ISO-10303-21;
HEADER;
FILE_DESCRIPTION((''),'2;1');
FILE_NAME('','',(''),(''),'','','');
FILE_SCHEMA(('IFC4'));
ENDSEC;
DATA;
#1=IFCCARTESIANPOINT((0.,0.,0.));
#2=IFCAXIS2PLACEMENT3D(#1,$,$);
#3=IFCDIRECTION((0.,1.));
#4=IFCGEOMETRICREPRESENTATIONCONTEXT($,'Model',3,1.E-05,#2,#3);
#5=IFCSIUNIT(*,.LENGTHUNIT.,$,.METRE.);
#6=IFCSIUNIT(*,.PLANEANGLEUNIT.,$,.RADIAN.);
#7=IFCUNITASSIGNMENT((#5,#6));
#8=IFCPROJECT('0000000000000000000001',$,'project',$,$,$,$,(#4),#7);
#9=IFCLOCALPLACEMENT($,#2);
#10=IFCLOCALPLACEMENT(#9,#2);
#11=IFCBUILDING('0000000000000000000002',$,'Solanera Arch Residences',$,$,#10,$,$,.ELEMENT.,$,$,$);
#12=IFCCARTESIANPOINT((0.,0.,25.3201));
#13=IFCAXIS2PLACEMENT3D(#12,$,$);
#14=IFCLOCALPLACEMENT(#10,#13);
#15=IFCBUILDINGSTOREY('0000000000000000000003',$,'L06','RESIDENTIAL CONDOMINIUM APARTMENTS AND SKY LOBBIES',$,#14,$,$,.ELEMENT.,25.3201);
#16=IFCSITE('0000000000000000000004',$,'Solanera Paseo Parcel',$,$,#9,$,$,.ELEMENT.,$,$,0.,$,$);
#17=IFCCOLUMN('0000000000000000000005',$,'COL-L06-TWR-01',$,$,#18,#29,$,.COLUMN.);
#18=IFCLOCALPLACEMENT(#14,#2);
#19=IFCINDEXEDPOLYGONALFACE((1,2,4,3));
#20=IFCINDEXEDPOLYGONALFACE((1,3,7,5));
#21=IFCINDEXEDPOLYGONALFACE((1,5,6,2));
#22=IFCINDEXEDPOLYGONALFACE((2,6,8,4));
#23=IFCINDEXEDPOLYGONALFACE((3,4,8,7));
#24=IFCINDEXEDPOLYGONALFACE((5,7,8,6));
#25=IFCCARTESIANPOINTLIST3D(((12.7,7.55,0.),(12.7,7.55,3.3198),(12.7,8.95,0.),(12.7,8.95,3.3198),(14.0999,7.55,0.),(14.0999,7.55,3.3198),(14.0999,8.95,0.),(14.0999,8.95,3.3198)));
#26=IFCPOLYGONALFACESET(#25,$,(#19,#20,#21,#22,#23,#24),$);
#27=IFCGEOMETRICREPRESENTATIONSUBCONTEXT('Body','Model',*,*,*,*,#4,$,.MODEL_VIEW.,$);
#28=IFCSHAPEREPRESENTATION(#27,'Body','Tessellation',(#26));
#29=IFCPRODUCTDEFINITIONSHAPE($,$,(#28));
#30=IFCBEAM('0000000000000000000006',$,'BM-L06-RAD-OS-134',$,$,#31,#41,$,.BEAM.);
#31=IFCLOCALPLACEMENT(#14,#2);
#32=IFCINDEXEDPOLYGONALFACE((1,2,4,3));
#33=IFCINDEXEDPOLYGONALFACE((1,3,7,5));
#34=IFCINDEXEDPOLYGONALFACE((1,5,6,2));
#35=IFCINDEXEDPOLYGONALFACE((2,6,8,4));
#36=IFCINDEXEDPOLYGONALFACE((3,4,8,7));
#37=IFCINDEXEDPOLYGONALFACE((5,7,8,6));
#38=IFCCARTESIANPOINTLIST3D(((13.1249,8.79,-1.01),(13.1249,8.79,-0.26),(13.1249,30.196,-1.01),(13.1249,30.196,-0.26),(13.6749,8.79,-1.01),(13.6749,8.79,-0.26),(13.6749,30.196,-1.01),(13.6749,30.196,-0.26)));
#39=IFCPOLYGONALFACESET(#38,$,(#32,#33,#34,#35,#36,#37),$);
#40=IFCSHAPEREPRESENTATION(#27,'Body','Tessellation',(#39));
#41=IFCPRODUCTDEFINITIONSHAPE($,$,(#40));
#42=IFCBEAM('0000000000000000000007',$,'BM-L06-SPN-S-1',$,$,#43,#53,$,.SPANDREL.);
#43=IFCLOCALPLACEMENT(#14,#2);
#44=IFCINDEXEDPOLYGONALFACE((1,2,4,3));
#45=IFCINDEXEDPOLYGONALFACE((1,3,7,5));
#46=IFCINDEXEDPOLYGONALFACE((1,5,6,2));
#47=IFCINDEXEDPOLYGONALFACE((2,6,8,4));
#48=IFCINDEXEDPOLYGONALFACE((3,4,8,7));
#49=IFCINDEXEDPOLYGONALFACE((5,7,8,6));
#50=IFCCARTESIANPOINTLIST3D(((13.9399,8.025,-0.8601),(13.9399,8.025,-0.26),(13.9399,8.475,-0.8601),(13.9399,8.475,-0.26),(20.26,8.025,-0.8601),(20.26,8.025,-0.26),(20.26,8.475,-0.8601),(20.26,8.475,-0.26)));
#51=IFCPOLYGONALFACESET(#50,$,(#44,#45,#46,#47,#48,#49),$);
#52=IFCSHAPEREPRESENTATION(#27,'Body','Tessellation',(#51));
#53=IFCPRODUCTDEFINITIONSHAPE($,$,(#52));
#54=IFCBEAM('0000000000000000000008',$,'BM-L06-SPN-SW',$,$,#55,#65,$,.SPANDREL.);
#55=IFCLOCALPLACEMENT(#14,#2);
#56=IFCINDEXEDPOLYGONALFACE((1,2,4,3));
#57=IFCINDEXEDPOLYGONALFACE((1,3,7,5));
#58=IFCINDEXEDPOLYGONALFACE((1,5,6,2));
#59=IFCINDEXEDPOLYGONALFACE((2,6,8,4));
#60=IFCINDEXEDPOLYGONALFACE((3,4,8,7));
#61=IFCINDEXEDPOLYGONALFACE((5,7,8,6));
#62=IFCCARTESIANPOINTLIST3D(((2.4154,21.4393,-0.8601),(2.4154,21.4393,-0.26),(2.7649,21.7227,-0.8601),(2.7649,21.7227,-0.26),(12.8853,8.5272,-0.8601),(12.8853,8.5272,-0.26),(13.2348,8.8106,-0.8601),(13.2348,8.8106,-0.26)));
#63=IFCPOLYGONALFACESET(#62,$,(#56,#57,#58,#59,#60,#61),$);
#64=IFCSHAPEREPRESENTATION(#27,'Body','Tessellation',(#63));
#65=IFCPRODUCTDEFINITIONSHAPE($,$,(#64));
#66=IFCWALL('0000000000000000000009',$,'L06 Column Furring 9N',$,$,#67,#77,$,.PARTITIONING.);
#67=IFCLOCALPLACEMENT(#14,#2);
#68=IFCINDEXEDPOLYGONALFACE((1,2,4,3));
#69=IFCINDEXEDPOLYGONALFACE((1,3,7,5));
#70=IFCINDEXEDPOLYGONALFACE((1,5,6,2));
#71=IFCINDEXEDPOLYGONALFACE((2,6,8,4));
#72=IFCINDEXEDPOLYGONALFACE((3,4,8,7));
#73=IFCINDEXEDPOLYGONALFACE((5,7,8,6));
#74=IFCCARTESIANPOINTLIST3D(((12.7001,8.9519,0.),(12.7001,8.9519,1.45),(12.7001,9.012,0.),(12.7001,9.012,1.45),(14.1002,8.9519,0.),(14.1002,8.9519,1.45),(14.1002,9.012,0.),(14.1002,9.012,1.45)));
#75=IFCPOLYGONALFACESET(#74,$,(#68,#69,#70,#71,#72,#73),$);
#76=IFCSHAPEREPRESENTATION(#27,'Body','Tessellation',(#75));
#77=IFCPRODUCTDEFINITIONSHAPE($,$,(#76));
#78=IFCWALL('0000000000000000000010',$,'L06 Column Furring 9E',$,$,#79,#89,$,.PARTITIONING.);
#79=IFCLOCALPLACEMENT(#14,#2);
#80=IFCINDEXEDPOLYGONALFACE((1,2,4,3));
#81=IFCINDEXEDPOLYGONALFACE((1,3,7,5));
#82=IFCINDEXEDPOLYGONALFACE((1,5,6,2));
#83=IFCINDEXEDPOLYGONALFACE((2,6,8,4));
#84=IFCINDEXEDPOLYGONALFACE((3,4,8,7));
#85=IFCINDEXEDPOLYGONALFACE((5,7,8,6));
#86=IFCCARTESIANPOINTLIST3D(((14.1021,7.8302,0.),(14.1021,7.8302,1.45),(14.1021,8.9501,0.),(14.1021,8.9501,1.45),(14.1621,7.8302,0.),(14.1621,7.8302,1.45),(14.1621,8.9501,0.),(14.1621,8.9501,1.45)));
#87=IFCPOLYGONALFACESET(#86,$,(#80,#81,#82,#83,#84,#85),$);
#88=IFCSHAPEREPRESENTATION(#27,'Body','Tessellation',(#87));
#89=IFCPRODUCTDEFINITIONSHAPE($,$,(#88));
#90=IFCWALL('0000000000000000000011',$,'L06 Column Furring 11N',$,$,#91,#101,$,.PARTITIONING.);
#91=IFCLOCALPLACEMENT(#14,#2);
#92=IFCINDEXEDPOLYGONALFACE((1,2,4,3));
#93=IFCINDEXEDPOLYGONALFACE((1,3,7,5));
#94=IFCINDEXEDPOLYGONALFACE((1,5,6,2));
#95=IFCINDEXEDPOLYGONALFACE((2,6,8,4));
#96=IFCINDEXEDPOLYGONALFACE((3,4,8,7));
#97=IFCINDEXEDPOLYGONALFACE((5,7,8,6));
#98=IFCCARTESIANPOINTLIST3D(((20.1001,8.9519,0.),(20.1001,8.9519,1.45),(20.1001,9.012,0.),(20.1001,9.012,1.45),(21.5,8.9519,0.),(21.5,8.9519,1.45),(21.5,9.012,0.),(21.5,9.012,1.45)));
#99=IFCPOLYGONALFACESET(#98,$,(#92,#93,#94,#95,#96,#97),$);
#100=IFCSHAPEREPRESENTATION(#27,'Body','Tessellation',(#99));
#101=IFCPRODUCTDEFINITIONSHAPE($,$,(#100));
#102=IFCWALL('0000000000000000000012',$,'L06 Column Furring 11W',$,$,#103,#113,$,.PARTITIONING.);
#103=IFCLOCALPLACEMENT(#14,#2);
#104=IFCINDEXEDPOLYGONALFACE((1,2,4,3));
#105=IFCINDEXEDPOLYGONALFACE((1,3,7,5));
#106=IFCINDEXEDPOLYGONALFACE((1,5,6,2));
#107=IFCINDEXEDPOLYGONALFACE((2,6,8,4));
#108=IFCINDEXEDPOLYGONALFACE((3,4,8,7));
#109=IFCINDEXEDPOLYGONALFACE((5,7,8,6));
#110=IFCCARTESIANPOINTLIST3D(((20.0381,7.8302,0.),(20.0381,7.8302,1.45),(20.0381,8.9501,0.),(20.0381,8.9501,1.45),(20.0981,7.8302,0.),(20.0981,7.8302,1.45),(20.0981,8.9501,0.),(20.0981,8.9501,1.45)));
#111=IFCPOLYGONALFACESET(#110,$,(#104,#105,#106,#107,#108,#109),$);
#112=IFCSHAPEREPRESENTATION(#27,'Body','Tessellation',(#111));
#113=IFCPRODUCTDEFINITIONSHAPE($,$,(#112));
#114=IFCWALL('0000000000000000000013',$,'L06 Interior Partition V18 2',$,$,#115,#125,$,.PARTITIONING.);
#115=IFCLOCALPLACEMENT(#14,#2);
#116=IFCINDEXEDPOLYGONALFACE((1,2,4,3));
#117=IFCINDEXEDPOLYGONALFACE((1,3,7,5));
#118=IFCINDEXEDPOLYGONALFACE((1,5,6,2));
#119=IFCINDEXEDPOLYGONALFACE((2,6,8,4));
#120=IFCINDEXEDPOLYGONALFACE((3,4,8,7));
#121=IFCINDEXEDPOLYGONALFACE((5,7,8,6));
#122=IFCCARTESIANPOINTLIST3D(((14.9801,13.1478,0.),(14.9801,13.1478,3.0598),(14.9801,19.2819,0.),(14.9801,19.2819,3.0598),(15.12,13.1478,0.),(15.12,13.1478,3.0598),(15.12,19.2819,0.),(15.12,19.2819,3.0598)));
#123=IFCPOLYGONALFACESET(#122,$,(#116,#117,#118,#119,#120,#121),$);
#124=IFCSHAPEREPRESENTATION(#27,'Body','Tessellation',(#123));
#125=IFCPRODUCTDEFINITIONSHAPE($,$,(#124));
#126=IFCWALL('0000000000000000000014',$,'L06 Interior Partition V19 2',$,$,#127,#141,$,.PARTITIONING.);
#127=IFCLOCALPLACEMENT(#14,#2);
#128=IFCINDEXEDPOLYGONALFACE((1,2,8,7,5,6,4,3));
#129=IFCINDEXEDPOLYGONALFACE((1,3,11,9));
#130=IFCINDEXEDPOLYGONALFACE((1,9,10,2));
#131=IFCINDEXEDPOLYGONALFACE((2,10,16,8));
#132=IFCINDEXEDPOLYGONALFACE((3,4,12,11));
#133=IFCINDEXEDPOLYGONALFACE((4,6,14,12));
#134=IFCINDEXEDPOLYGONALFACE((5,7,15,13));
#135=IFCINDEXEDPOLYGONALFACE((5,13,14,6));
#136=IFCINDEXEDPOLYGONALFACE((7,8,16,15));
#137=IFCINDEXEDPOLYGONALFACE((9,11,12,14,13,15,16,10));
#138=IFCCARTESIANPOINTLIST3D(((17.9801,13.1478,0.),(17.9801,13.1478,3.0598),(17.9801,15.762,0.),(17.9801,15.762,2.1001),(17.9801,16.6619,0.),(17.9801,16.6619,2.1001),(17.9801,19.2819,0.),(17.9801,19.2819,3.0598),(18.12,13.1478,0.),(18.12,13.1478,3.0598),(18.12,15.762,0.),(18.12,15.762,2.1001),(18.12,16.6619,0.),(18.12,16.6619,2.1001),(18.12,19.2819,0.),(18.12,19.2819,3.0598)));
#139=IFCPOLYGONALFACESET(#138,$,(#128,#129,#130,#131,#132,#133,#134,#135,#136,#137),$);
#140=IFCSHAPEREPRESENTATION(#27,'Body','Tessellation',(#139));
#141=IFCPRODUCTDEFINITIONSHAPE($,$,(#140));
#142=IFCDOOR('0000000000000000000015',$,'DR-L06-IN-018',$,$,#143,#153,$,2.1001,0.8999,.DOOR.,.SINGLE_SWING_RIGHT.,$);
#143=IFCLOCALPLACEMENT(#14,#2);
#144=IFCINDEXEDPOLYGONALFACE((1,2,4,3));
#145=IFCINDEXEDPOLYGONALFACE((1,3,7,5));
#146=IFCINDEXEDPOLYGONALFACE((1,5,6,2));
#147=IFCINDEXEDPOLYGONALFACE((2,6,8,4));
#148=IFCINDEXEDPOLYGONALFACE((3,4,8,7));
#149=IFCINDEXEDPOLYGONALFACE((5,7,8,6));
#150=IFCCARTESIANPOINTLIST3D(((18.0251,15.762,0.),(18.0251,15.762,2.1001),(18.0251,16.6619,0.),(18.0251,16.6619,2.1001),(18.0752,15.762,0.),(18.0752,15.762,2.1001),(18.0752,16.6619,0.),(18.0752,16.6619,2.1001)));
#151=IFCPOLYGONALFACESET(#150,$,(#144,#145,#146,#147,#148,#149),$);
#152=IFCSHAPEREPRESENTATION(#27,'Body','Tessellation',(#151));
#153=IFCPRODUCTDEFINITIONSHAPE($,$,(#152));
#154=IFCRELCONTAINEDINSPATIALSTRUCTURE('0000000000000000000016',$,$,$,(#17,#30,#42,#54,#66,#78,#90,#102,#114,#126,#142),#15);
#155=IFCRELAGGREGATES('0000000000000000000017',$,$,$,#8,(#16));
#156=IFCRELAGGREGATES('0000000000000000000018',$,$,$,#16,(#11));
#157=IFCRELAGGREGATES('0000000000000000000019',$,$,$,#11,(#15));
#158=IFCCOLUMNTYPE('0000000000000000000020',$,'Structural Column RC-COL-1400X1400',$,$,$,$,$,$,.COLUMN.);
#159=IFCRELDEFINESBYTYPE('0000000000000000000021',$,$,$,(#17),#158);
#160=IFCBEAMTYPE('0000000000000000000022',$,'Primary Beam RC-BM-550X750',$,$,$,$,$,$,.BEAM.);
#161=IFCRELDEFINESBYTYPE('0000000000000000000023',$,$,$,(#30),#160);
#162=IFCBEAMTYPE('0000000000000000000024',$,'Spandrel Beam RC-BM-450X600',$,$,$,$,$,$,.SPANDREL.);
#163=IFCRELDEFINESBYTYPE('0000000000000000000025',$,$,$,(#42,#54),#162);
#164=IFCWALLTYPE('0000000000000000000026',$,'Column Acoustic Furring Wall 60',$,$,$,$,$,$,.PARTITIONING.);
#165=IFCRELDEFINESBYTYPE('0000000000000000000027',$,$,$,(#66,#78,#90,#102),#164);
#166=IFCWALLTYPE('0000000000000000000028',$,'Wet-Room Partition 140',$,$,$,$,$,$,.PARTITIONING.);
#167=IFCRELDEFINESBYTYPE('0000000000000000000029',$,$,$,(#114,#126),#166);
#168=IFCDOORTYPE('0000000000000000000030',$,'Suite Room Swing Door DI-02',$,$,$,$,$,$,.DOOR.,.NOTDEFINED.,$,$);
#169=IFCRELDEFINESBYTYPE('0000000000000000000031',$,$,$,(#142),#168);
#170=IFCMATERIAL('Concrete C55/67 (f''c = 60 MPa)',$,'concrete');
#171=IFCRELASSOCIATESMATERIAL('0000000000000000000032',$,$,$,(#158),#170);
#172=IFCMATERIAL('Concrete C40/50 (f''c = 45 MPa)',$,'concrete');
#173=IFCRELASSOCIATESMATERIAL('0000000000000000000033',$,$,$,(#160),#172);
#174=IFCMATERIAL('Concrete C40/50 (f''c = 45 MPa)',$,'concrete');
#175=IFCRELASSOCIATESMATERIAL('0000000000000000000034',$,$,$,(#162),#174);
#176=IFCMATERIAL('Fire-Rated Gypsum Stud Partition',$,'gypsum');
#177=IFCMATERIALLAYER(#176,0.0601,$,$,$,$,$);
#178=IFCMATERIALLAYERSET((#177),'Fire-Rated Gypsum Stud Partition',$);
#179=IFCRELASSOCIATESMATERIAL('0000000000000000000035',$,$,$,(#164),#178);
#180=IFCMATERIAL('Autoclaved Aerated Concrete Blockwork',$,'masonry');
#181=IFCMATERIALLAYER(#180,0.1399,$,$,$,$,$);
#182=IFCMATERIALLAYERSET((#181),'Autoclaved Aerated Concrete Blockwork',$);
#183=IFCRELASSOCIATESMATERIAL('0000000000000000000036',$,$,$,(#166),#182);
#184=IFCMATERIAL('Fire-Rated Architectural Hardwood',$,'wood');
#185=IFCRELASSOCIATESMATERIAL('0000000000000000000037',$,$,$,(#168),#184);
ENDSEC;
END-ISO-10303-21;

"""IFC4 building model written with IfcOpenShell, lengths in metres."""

from ifc_helpers import new_model, si_unit, direction, frame, frame_2d, origin, origin_2d, place, context, subcontext, project, spatial, rectangle, extrude, material, layer, layer_set, material_profile, profile_set, type_object, element, fill, save


model = new_model("IFC4")

# Units and contexts
model_context = context("Model", 3, precision=1e-05, world=origin(), true_north=direction((0.0, 1.0)))
body_context = subcontext(model_context, "Body", "Model", "MODEL_VIEW")
ifc_project = project(units=[si_unit("LENGTHUNIT", "METRE"), si_unit("PLANEANGLEUNIT", "RADIAN")], contexts=[model_context])

# Site, building, storey
site_placement = place(None, origin())
site = spatial("IfcSite", under=ifc_project, at=site_placement, Name="Solanera Paseo Parcel", CompositionType="ELEMENT", RefElevation=0.0)
building_placement = place(site_placement, origin())
building = spatial("IfcBuilding", under=site, at=building_placement, Name="Solanera Arch Residences", CompositionType="ELEMENT")
storey_placement = place(building_placement, frame((0.0, 0.0, 25.3201)))
storey = spatial("IfcBuildingStorey", under=building, at=storey_placement, Name="L06", Description="RESIDENTIAL CONDOMINIUM APARTMENTS AND SKY LOBBIES", CompositionType="ELEMENT", Elevation=25.3201)

# Column
ifc_material_1 = material(Name="Concrete C55/67 (f'c = 60 MPa)", Category="concrete")
ifc_material_profile_1 = material_profile(ifc_material_1, rectangle(XDim=1.3999, YDim=1.3999, at=origin_2d()))
ifc_profile_set_1 = profile_set([ifc_material_profile_1], Name="Concrete C55/67 (f'c = 60 MPa)")
column_type = type_object("IfcColumnType", Name="Structural Column RC-COL-1400X1400", PredefinedType="COLUMN", material=ifc_profile_set_1)
column_placement = place(storey_placement, frame((13.3999, 8.25, 0.0), z_axis=(0.0, 0.0, 1.0), x_axis=(1.0, 0.0, 0.0)))
element("IfcColumn", 1, at=column_placement, inside=storey, type_object=column_type, Name="COL-L06-TWR-01", PredefinedType="COLUMN", context=body_context, shape_type="SweptSolid", body=[
    extrude(rectangle(XDim=1.3999, YDim=1.3999, at=origin_2d()), origin(), (0.0, 0.0, 1.0), 3.3198),
])

# Beams
ifc_material_2 = material(Name="Concrete C40/50 (f'c = 45 MPa)", Category="concrete")
ifc_material_profile_2 = material_profile(ifc_material_2, rectangle(XDim=0.55, YDim=0.75, at=origin_2d()))
ifc_profile_set_2 = profile_set([ifc_material_profile_2], Name="Concrete C40/50 (f'c = 45 MPa)")
beam_type_1 = type_object("IfcBeamType", Name="Primary Beam RC-BM-550X750", PredefinedType="BEAM", material=ifc_profile_set_2)
beam_1_placement = place(storey_placement, frame((13.3999, 8.79, -0.635), z_axis=(0.0, 1.0, 0.0), x_axis=(-1.0, 0.0, 0.0)))
element("IfcBeam", 2, at=beam_1_placement, inside=storey, type_object=beam_type_1, Name="BM-L06-RAD-OS-134", PredefinedType="BEAM", context=body_context, shape_type="SweptSolid", body=[
    extrude(rectangle(XDim=0.55, YDim=0.75, at=origin_2d()), origin(), (0.0, 0.0, 1.0), 21.406),
])
ifc_material_3 = material(Name="Concrete C40/50 (f'c = 45 MPa)", Category="concrete")
ifc_material_profile_3 = material_profile(ifc_material_3, rectangle(XDim=0.45, YDim=0.6001, at=origin_2d()))
ifc_profile_set_3 = profile_set([ifc_material_profile_3], Name="Concrete C40/50 (f'c = 45 MPa)")
beam_type_2 = type_object("IfcBeamType", Name="Spandrel Beam RC-BM-450X600", PredefinedType="SPANDREL", material=ifc_profile_set_3)
beam_2_placement = place(storey_placement, frame((13.9399, 8.25, -0.5601), z_axis=(1.0, 0.0, 0.0), x_axis=(0.0, 1.0, 0.0)))
element("IfcBeam", 3, at=beam_2_placement, inside=storey, type_object=beam_type_2, Name="BM-L06-SPN-S-1", PredefinedType="SPANDREL", context=body_context, shape_type="SweptSolid", body=[
    extrude(rectangle(XDim=0.45, YDim=0.6001, at=origin_2d()), origin(), (0.0, 0.0, 1.0), 6.3201),
])
beam_3_placement = place(storey_placement, frame((13.0601, 8.6689, -0.5601), z_axis=(-0.629827, 0.776735, 0.0), x_axis=(-0.776735, -0.629827, 0.0)))
element("IfcBeam", 4, at=beam_3_placement, inside=storey, type_object=beam_type_2, Name="BM-L06-SPN-SW", PredefinedType="SPANDREL", context=body_context, shape_type="SweptSolid", body=[
    extrude(rectangle(XDim=0.45, YDim=0.6001, at=origin_2d()), origin(), (0.0, 0.0, 1.0), 16.6235),
])

# Walls
ifc_material_4 = material(Name="Fire-Rated Gypsum Stud Partition", Category="gypsum")
ifc_layer_1 = layer(ifc_material_4, 0.0601)
ifc_layer_set_1 = layer_set([ifc_layer_1], Name="Fire-Rated Gypsum Stud Partition")
wall_type_1 = type_object("IfcWallType", Name="Column Acoustic Furring Wall 60", PredefinedType="PARTITIONING", material=ifc_layer_set_1)
wall_1_placement = place(storey_placement, frame((12.7, 8.9819, 0.0), z_axis=(0.0, 0.0, 1.0), x_axis=(1.0, 0.0, 0.0)))
element("IfcWall", 5, at=wall_1_placement, inside=storey, type_object=wall_type_1, Name="L06 Column Furring 9N", PredefinedType="PARTITIONING", context=body_context, shape_type="SweptSolid", body=[
    extrude(rectangle(XDim=1.4001, YDim=0.0601, at=frame_2d((0.7002, 0.0))), origin(), (0.0, 0.0, 1.0), 1.45),
])
wall_2_placement = place(storey_placement, frame((14.1321, 7.8301, 0.0), z_axis=(0.0, 0.0, 1.0), x_axis=(0.0, 1.0, 0.0)))
element("IfcWall", 6, at=wall_2_placement, inside=storey, type_object=wall_type_1, Name="L06 Column Furring 9E", PredefinedType="PARTITIONING", context=body_context, shape_type="SweptSolid", body=[
    extrude(rectangle(XDim=1.1199, YDim=0.0601, at=frame_2d((0.5601, 0.0))), origin(), (0.0, 0.0, 1.0), 1.45),
])
wall_3_placement = place(storey_placement, frame((20.1001, 8.9819, 0.0), z_axis=(0.0, 0.0, 1.0), x_axis=(1.0, 0.0, 0.0)))
element("IfcWall", 7, at=wall_3_placement, inside=storey, type_object=wall_type_1, Name="L06 Column Furring 11N", PredefinedType="PARTITIONING", context=body_context, shape_type="SweptSolid", body=[
    extrude(rectangle(XDim=1.3999, YDim=0.0601, at=frame_2d((0.7, 0.0))), origin(), (0.0, 0.0, 1.0), 1.45),
])
wall_4_placement = place(storey_placement, frame((20.0681, 7.8301, 0.0), z_axis=(0.0, 0.0, 1.0), x_axis=(0.0, 1.0, 0.0)))
element("IfcWall", 8, at=wall_4_placement, inside=storey, type_object=wall_type_1, Name="L06 Column Furring 11W", PredefinedType="PARTITIONING", context=body_context, shape_type="SweptSolid", body=[
    extrude(rectangle(XDim=1.1199, YDim=0.0601, at=frame_2d((0.5601, 0.0))), origin(), (0.0, 0.0, 1.0), 1.45),
])
ifc_material_5 = material(Name="Autoclaved Aerated Concrete Blockwork", Category="masonry")
ifc_layer_2 = layer(ifc_material_5, 0.1399)
ifc_layer_set_2 = layer_set([ifc_layer_2], Name="Autoclaved Aerated Concrete Blockwork")
wall_type_2 = type_object("IfcWallType", Name="Wet-Room Partition 140", PredefinedType="PARTITIONING", material=ifc_layer_set_2)
wall_5_placement = place(storey_placement, frame((15.05, 13.1479, 0.0), z_axis=(0.0, 0.0, 1.0), x_axis=(0.0, 1.0, 0.0)))
element("IfcWall", 9, at=wall_5_placement, inside=storey, type_object=wall_type_2, Name="L06 Interior Partition V18 2", PredefinedType="PARTITIONING", context=body_context, shape_type="SweptSolid", body=[
    extrude(rectangle(XDim=6.134, YDim=0.1399, at=frame_2d((3.0669, 0.0))), origin(), (0.0, 0.0, 1.0), 3.0598),
])

# Wall, opening, door
wall_6_placement = place(storey_placement, frame((18.05, 13.1479, 0.0), z_axis=(0.0, 0.0, 1.0), x_axis=(0.0, 1.0, 0.0)))
wall_6 = element("IfcWall", 10, at=wall_6_placement, inside=storey, type_object=wall_type_2, Name="L06 Interior Partition V19 2", PredefinedType="PARTITIONING", context=body_context, shape_type="SweptSolid", body=[
    extrude(rectangle(XDim=6.134, YDim=0.1399, at=frame_2d((3.0669, 0.0))), origin(), (0.0, 0.0, 1.0), 3.0598),
])
opening_placement = place(wall_6_placement, frame((2.614, 0.0, 0.0)))
opening = element("IfcOpeningElement", 11, at=opening_placement, cuts=wall_6, PredefinedType="OPENING", context=body_context, shape_type="SweptSolid", body=[
    extrude(rectangle(XDim=0.8999, YDim=2.1001, at=frame_2d((0.45, 1.05))), frame((0.0, 0.0798, 0.0), z_axis=(0.0, -1.0, 0.0), x_axis=(1.0, 0.0, 0.0)), (0.0, 0.0, 1.0), 0.1599),
])
ifc_material_6 = material(Name="Fire-Rated Architectural Hardwood", Category="wood")
door_type = type_object("IfcDoorType", Name="Suite Room Swing Door DI-02", OperationType="NOTDEFINED", PredefinedType="DOOR", material=ifc_material_6)
door_placement = place(opening_placement, origin())
door = element("IfcDoor", 12, at=door_placement, inside=storey, type_object=door_type, Name="DR-L06-IN-018", OperationType="SINGLE_SWING_RIGHT", OverallHeight=2.1001, OverallWidth=0.8999, PredefinedType="DOOR", context=body_context, shape_type="SweptSolid", body=[
    extrude(rectangle(XDim=0.8999, YDim=2.1001, at=frame_2d((0.45, 1.05))), frame((0.0, 0.0249, 0.0), z_axis=(0.0, -1.0, 0.0), x_axis=(1.0, 0.0, 0.0)), (0.0, 0.0, 1.0), 0.05),
])
fill(opening, door)

save(model, "model.ifc")
